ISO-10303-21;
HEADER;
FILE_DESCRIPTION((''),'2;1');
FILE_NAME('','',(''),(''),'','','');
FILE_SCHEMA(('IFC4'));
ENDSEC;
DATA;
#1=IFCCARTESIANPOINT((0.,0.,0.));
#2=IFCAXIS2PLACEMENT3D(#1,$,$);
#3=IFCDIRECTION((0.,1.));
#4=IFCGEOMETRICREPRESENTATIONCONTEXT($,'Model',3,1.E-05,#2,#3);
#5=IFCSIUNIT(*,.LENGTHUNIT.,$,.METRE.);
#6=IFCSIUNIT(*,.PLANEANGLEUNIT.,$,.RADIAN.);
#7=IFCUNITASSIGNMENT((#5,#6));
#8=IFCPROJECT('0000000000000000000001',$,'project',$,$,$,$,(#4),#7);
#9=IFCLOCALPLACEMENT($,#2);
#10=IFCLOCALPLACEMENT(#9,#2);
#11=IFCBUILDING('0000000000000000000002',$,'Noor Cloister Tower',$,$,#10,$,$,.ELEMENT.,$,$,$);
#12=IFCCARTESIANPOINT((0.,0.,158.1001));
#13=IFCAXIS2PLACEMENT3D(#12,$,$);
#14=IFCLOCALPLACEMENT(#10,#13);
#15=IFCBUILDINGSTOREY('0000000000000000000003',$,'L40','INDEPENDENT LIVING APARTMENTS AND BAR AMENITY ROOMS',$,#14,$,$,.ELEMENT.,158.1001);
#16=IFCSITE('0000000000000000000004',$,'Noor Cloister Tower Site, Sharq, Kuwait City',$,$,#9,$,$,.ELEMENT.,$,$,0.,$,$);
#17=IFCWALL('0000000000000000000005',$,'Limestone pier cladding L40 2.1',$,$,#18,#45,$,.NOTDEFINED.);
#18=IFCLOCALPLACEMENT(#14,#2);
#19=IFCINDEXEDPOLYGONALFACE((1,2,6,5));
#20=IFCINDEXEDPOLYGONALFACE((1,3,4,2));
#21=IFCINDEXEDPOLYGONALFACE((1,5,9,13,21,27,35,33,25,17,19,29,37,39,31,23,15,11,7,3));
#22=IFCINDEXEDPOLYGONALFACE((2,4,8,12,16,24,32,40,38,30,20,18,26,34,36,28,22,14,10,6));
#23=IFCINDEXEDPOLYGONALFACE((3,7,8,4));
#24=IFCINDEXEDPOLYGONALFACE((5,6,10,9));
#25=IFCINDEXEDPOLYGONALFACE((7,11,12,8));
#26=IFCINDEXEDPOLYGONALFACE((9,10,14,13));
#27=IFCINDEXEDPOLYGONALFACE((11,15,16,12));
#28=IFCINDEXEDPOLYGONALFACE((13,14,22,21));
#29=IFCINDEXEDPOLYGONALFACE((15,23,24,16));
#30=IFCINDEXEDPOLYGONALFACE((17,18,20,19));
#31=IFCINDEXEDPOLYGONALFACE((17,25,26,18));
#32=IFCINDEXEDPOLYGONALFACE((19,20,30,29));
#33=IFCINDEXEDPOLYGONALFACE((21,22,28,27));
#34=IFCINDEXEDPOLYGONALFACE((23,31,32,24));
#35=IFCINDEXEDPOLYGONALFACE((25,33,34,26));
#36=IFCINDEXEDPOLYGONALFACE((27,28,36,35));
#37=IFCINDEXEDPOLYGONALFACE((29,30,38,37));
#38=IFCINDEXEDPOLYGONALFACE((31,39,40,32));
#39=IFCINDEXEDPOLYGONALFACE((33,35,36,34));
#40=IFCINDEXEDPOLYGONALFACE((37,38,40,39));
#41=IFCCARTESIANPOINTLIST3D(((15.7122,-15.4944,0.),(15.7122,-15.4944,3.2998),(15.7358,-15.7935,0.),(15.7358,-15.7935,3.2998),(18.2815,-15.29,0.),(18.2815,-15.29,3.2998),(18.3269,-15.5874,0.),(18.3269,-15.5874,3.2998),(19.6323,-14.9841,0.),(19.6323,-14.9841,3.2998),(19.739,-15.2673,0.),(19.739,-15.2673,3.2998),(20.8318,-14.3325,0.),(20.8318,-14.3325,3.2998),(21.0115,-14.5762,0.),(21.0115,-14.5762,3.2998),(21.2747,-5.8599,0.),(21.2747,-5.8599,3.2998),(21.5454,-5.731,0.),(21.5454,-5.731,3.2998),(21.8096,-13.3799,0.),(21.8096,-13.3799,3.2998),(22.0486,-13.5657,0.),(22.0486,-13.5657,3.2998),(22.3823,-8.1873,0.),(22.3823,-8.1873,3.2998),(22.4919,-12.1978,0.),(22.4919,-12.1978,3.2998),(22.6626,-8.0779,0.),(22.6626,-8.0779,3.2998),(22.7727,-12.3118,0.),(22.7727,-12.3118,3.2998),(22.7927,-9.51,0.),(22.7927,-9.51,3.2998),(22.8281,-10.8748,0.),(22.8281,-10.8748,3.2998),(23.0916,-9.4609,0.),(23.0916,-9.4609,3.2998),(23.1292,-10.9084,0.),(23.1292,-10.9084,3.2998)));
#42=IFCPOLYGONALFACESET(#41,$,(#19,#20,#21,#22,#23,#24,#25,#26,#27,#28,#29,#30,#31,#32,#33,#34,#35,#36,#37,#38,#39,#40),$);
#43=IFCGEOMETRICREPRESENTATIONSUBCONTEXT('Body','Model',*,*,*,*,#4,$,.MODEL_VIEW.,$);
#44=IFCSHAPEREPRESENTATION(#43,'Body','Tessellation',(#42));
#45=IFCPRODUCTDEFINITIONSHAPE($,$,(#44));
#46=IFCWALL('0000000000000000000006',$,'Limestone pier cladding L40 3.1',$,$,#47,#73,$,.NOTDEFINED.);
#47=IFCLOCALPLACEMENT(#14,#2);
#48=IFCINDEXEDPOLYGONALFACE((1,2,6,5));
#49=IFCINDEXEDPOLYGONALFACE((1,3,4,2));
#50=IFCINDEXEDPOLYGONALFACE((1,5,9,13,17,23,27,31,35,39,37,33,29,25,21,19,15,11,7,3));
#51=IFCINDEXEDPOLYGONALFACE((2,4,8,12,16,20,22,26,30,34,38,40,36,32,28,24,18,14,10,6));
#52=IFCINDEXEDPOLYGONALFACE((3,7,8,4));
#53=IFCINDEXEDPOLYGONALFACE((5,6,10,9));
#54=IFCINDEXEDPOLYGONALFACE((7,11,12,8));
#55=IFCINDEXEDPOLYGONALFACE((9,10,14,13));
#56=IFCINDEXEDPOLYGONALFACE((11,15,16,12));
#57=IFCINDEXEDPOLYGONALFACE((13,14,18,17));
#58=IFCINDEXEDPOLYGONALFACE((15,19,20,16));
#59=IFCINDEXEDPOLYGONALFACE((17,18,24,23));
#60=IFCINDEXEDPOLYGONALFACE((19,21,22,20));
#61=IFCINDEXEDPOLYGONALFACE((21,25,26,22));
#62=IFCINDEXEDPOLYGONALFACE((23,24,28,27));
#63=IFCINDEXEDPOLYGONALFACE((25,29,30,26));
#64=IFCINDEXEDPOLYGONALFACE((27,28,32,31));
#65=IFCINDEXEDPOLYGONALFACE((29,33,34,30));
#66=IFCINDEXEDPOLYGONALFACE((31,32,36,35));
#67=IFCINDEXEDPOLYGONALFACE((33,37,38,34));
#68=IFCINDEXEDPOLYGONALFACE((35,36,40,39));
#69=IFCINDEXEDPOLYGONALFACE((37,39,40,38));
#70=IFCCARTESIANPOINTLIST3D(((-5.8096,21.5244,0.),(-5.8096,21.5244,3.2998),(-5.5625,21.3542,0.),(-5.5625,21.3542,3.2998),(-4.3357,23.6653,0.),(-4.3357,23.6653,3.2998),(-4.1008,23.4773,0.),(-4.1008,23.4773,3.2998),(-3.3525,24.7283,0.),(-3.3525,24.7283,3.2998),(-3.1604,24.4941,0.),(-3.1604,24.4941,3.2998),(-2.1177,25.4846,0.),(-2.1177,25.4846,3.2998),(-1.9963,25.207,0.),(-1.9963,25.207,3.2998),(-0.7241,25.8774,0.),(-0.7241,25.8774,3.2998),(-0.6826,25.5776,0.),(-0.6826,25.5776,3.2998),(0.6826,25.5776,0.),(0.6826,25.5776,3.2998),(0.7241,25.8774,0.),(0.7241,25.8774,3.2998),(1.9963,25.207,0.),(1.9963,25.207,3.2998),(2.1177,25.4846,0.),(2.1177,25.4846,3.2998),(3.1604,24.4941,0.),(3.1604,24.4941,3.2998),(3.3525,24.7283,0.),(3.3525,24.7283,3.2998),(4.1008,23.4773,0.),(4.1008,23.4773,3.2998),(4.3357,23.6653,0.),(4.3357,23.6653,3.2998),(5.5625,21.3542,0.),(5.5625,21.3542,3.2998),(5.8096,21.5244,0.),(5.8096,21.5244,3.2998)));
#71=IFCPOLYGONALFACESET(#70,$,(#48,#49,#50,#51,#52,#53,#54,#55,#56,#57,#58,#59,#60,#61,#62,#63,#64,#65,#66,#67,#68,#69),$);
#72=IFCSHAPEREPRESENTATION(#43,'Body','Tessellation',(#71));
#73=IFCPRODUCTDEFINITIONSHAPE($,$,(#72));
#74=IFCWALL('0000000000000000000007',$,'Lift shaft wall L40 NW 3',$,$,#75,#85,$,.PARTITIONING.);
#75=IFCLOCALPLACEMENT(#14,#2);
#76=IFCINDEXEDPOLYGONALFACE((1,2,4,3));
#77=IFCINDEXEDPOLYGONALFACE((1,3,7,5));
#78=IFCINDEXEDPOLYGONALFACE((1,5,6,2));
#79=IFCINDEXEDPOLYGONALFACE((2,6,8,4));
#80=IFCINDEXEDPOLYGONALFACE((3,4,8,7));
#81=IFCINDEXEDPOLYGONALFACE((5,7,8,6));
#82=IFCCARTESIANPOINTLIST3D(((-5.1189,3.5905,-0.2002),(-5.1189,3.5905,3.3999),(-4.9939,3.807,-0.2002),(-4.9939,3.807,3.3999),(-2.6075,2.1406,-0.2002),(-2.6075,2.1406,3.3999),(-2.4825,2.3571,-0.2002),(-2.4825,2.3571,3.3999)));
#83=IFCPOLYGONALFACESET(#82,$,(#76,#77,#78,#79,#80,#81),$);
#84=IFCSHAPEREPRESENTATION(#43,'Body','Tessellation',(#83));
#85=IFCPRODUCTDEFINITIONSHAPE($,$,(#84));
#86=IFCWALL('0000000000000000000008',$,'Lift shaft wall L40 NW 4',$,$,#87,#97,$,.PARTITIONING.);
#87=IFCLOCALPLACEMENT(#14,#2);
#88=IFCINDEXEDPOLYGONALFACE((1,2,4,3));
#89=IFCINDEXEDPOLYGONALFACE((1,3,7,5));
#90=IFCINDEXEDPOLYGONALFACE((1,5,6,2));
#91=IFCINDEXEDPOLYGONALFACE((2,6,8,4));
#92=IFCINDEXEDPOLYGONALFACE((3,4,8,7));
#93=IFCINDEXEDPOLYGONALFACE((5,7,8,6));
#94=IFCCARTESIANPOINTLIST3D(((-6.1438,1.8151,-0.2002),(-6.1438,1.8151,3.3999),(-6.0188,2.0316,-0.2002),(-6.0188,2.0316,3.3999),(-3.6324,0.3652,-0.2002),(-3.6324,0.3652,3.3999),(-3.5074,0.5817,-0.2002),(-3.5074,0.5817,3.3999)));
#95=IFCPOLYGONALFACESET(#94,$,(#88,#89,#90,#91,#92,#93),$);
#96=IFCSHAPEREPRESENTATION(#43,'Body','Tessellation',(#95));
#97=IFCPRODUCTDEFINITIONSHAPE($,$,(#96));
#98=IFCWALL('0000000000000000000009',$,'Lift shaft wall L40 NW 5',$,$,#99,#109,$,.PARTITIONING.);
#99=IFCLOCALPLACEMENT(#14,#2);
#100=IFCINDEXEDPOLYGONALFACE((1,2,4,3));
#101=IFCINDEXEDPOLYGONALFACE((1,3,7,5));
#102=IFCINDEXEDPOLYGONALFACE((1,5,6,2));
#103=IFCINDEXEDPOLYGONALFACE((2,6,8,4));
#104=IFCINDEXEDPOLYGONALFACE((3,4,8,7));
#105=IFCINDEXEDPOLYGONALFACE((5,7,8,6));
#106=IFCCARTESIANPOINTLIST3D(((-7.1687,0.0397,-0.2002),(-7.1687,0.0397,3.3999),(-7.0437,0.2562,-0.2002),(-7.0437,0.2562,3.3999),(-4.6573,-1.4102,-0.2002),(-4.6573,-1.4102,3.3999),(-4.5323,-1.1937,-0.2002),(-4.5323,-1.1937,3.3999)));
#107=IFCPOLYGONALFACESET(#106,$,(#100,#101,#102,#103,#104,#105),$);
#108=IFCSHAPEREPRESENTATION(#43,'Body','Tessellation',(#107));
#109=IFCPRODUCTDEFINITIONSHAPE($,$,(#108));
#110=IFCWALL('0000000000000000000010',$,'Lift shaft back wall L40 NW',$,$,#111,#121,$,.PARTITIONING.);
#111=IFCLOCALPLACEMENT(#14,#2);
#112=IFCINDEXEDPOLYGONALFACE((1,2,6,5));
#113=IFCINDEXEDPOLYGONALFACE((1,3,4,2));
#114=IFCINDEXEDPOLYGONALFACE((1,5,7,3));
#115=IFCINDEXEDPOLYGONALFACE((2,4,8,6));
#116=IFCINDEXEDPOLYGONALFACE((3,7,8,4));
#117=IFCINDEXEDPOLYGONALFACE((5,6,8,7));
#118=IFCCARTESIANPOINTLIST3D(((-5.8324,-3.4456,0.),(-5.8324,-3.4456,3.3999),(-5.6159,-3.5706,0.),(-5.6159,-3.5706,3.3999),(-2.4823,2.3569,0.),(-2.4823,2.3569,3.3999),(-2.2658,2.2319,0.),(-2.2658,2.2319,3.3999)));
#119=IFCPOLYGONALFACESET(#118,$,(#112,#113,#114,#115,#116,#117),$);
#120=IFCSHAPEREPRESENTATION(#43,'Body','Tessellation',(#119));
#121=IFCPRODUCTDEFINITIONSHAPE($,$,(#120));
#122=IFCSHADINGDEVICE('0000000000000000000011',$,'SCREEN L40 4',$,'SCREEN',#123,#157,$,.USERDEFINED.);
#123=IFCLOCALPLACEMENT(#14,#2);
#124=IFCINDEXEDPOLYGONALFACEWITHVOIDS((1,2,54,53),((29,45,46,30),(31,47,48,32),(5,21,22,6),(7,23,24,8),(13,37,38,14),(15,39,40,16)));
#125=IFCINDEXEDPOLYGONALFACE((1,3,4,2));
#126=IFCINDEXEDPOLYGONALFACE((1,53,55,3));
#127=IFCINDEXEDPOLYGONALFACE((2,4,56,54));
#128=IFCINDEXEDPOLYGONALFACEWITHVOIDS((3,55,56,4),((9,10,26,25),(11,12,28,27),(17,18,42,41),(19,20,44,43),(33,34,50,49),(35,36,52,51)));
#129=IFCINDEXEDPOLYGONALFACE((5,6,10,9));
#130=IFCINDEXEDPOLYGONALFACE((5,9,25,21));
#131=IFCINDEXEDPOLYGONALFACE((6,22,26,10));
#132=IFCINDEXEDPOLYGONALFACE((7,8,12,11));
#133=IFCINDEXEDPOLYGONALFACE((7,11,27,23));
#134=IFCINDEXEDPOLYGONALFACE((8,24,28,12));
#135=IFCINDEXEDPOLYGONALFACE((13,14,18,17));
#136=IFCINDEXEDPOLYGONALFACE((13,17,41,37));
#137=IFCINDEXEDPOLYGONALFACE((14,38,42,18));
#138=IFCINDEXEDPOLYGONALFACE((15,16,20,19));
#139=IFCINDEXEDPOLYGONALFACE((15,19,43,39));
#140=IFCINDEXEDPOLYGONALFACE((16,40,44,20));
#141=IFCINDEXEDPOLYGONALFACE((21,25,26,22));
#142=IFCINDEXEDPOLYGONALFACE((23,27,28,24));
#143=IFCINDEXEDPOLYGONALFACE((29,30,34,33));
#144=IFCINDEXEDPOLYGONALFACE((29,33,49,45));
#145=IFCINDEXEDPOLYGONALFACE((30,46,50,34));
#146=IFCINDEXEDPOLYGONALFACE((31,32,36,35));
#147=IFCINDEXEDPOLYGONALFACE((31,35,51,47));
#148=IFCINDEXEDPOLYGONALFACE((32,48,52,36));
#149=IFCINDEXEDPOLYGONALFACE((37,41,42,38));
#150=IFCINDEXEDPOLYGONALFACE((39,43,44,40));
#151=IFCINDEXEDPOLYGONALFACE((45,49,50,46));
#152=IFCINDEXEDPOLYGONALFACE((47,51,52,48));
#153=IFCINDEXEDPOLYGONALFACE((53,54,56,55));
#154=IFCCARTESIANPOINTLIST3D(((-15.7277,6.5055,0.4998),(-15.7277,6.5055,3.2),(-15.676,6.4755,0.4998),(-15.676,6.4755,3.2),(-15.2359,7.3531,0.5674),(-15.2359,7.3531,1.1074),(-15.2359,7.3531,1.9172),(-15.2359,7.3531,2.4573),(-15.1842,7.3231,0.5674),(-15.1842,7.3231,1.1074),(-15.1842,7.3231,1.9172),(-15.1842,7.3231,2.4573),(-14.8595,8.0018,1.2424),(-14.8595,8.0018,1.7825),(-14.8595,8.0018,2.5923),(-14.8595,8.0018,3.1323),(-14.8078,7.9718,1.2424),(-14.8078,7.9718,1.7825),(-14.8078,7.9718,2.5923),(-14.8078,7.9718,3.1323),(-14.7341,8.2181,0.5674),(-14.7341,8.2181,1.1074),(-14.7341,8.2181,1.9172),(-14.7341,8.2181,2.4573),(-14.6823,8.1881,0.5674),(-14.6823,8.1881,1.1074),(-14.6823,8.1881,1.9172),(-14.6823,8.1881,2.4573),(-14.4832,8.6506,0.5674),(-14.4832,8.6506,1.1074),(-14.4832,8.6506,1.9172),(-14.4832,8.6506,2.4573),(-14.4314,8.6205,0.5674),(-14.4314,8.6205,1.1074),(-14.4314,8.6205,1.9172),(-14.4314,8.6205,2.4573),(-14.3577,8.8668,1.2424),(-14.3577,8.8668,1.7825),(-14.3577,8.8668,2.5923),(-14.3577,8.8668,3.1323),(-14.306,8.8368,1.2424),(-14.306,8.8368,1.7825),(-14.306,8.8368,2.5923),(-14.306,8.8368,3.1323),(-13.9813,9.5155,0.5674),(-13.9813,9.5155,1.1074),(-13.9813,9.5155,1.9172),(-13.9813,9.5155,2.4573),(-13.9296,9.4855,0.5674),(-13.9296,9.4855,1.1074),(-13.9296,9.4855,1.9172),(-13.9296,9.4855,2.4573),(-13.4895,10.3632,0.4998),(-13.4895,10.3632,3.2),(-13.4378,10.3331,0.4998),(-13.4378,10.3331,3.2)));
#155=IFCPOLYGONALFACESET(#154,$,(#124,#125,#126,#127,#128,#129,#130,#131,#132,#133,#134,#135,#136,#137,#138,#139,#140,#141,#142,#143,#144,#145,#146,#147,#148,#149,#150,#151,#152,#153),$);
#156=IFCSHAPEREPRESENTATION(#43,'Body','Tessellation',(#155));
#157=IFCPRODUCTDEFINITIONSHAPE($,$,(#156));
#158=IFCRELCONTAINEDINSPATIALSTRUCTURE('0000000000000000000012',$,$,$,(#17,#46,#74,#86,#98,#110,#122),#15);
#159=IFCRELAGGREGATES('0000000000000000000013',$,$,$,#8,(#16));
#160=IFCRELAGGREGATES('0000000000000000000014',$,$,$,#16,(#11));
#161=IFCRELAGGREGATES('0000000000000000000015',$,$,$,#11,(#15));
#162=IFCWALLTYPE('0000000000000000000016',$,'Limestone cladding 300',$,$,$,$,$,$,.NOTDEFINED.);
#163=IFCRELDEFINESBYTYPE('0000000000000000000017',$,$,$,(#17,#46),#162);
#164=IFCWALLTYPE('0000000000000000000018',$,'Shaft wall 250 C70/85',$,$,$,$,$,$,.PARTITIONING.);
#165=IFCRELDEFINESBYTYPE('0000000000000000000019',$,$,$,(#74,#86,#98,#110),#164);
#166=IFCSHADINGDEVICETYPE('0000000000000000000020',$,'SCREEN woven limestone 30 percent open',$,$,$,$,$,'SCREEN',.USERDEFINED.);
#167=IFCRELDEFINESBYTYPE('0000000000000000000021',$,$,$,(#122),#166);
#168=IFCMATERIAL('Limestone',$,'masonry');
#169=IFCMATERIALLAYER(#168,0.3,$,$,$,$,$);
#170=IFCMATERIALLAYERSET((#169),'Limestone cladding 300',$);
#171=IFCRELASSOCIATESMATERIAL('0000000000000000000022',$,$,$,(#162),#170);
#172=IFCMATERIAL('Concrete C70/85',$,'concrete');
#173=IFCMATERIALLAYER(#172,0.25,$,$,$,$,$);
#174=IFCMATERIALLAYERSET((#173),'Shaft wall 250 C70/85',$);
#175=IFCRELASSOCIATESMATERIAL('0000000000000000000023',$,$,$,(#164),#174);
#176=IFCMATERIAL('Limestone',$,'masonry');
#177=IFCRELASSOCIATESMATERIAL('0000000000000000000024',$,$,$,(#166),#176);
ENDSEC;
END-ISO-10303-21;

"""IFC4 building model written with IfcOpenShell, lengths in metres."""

from ifc_helpers import new_model, si_unit, direction, frame, frame_2d, origin, place, context, subcontext, project, spatial, polyline, rectangle, outline, extrude, material, layer, layer_set, material_profile, profile_set, type_object, element, save


model = new_model("IFC4")

# Units and contexts
model_context = context("Model", 3, precision=1e-05, world=origin(), true_north=direction((0.0, 1.0)))
body_context = subcontext(model_context, "Body", "Model", "MODEL_VIEW")
ifc_project = project(units=[si_unit("LENGTHUNIT", "METRE"), si_unit("PLANEANGLEUNIT", "RADIAN")], contexts=[model_context])

# Site, building, storey
site_placement = place(None, origin())
site = spatial("IfcSite", under=ifc_project, at=site_placement, Name="Noor Cloister Tower Site, Sharq, Kuwait City", CompositionType="ELEMENT", RefElevation=0.0)
building_placement = place(site_placement, origin())
building = spatial("IfcBuilding", under=site, at=building_placement, Name="Noor Cloister Tower", CompositionType="ELEMENT")
storey_placement = place(building_placement, frame((0.0, 0.0, 158.1001)))
storey = spatial("IfcBuildingStorey", under=building, at=storey_placement, Name="L40", Description="INDEPENDENT LIVING APARTMENTS AND BAR AMENITY ROOMS", CompositionType="ELEMENT", Elevation=158.1001)

# Walls
ifc_material_1 = material(Name="Limestone", Category="masonry")
ifc_layer_1 = layer(ifc_material_1, 0.3)
ifc_layer_set_1 = layer_set([ifc_layer_1], Name="Limestone cladding 300")
wall_type_1 = type_object("IfcWallType", Name="Limestone cladding 300", PredefinedType="NOTDEFINED", material=ifc_layer_set_1)
wall_1_placement = place(storey_placement, origin())
element("IfcWall", 1, at=wall_1_placement, inside=storey, type_object=wall_type_1, Name="Limestone pier cladding L40 2.1", PredefinedType="NOTDEFINED", context=body_context, shape_type="SweptSolid", body=[
    extrude(outline(polyline([(15.7358, -15.7935), (18.3269, -15.5874), (19.739, -15.2673), (21.0115, -14.5762), (22.0486, -13.5657), (22.7727, -12.3118), (23.1292, -10.9084), (23.0916, -9.4609), (22.6626, -8.0779), (21.5454, -5.731), (21.2747, -5.8599), (22.3823, -8.1873), (22.7927, -9.51), (22.8281, -10.8748), (22.4919, -12.1978), (21.8096, -13.3799), (20.8318, -14.3325), (19.6323, -14.9841), (18.2815, -15.29), (15.7122, -15.4944), (15.7358, -15.7935)])), origin(), (0.0, 0.0, 1.0), 3.2998),
])
wall_2_placement = place(storey_placement, origin())
element("IfcWall", 2, at=wall_2_placement, inside=storey, type_object=wall_type_1, Name="Limestone pier cladding L40 3.1", PredefinedType="NOTDEFINED", context=body_context, shape_type="SweptSolid", body=[
    extrude(outline(polyline([(5.8096, 21.5244), (4.3357, 23.6653), (3.3525, 24.7283), (2.1177, 25.4846), (0.7241, 25.8774), (-0.7241, 25.8774), (-2.1177, 25.4846), (-3.3525, 24.7283), (-4.3357, 23.6653), (-5.8096, 21.5244), (-5.5625, 21.3542), (-4.1008, 23.4773), (-3.1604, 24.4941), (-1.9963, 25.207), (-0.6826, 25.5776), (0.6826, 25.5776), (1.9963, 25.207), (3.1604, 24.4941), (4.1008, 23.4773), (5.5625, 21.3542), (5.8096, 21.5244)])), origin(), (0.0, 0.0, 1.0), 3.2998),
])
ifc_material_2 = material(Name="Concrete C70/85", Category="concrete")
ifc_layer_2 = layer(ifc_material_2, 0.25)
ifc_layer_set_2 = layer_set([ifc_layer_2], Name="Shaft wall 250 C70/85")
wall_type_2 = type_object("IfcWallType", Name="Shaft wall 250 C70/85", PredefinedType="PARTITIONING", material=ifc_layer_set_2)
for number, where, z_axis, x_axis, name in (
    (3, (-5.0564, 3.6987, -0.2002), (0.0, 0.0, 1.0), (0.866033, -0.499987, 0.0), "Lift shaft wall L40 NW 3"),
    (4, (-6.0813, 1.9233, -0.2002), (0.0, 0.0, 1.0), (0.866033, -0.499987, 0.0), "Lift shaft wall L40 NW 4"),
    (5, (-7.1062, 0.1479, -0.2002), (0.0, 0.0, 1.0), (0.866033, -0.499987, 0.0), "Lift shaft wall L40 NW 5"),
):
    element("IfcWall", number, at=place(storey_placement, frame(where, z_axis=z_axis, x_axis=x_axis)), inside=storey, type_object=wall_type_2, Name=name, PredefinedType="PARTITIONING", context=body_context, shape_type="SweptSolid", body=[
        extrude(rectangle(XDim=2.8999, YDim=0.25, at=frame_2d((1.45, 0.0))), origin(), (0.0, 0.0, 1.0), 3.6001),
    ])
wall_3_placement = place(storey_placement, frame((-2.374, 2.2944, 0.0), z_axis=(0.0, 0.0, 1.0), x_axis=(-0.500003, -0.866024, 0.0)))
element("IfcWall", 6, at=wall_3_placement, inside=storey, type_object=wall_type_2, Name="Lift shaft back wall L40 NW", PredefinedType="PARTITIONING", context=body_context, shape_type="SweptSolid", body=[
    extrude(rectangle(XDim=6.7002, YDim=0.25, at=frame_2d((3.3501, 0.0))), origin(), (0.0, 0.0, 1.0), 3.3999),
])

# Shading device
ifc_material_3 = material(Name="Limestone", Category="masonry")
ifc_material_profile_1 = material_profile(ifc_material_3, outline(polyline([(-2.23, -1.3501), (2.23, -1.3501), (2.23, 1.3501), (-2.23, 1.3501), (-2.23, -1.3501)]), holes=[polyline([(-1.25, -1.2825), (-0.25, -1.2825), (-0.25, -0.7424), (-1.25, -0.7424), (-1.25, -1.2825)]), polyline([(0.25, -1.2825), (1.25, -1.2825), (1.25, -0.7424), (0.25, -0.7424), (0.25, -1.2825)]), polyline([(-0.5, -0.6074), (0.5, -0.6074), (0.5, -0.0674), (-0.5, -0.0674), (-0.5, -0.6074)]), polyline([(-1.25, 0.0674), (-0.25, 0.0674), (-0.25, 0.6074), (-1.25, 0.6074), (-1.25, 0.0674)]), polyline([(0.25, 0.0674), (1.25, 0.0674), (1.25, 0.6074), (0.25, 0.6074), (0.25, 0.0674)]), polyline([(-0.5, 0.7424), (0.5, 0.7424), (0.5, 1.2825), (-0.5, 1.2825), (-0.5, 0.7424)])]), Name="Woven screen 30 percent open")
ifc_profile_set_1 = profile_set([ifc_material_profile_1], Name="Limestone")
shading_device_type_1 = type_object("IfcShadingDeviceType", Name="SCREEN woven limestone 30 percent open", ElementType="SCREEN", PredefinedType="USERDEFINED", material=ifc_profile_set_1)
shading_device_1_placement = place(storey_placement, frame((-14.5569, 8.4043, 1.8499), z_axis=(-0.86496, 0.50184, 0.0), x_axis=(-0.50184, -0.86496, 0.0)))
element("IfcShadingDevice", 7, at=shading_device_1_placement, inside=storey, type_object=shading_device_type_1, Name="SCREEN L40 4", ObjectType="SCREEN", PredefinedType="USERDEFINED", context=body_context, shape_type="SweptSolid", body=[
    extrude(outline(polyline([(-2.23, -1.3501), (2.23, -1.3501), (2.23, 1.3501), (-2.23, 1.3501), (-2.23, -1.3501)]), holes=[polyline([(-1.25, -1.2825), (-0.25, -1.2825), (-0.25, -0.7424), (-1.25, -0.7424), (-1.25, -1.2825)]), polyline([(0.25, -1.2825), (1.25, -1.2825), (1.25, -0.7424), (0.25, -0.7424), (0.25, -1.2825)]), polyline([(-0.5, -0.6074), (0.5, -0.6074), (0.5, -0.0674), (-0.5, -0.0674), (-0.5, -0.6074)]), polyline([(-1.25, 0.0674), (-0.25, 0.0674), (-0.25, 0.6074), (-1.25, 0.6074), (-1.25, 0.0674)]), polyline([(0.25, 0.0674), (1.25, 0.0674), (1.25, 0.6074), (0.25, 0.6074), (0.25, 0.0674)]), polyline([(-0.5, 0.7424), (0.5, 0.7424), (0.5, 1.2825), (-0.5, 1.2825), (-0.5, 0.7424)])]), origin(), (0.0, 0.0, 1.0), 0.0598),
])

save(model, "model.ifc")
